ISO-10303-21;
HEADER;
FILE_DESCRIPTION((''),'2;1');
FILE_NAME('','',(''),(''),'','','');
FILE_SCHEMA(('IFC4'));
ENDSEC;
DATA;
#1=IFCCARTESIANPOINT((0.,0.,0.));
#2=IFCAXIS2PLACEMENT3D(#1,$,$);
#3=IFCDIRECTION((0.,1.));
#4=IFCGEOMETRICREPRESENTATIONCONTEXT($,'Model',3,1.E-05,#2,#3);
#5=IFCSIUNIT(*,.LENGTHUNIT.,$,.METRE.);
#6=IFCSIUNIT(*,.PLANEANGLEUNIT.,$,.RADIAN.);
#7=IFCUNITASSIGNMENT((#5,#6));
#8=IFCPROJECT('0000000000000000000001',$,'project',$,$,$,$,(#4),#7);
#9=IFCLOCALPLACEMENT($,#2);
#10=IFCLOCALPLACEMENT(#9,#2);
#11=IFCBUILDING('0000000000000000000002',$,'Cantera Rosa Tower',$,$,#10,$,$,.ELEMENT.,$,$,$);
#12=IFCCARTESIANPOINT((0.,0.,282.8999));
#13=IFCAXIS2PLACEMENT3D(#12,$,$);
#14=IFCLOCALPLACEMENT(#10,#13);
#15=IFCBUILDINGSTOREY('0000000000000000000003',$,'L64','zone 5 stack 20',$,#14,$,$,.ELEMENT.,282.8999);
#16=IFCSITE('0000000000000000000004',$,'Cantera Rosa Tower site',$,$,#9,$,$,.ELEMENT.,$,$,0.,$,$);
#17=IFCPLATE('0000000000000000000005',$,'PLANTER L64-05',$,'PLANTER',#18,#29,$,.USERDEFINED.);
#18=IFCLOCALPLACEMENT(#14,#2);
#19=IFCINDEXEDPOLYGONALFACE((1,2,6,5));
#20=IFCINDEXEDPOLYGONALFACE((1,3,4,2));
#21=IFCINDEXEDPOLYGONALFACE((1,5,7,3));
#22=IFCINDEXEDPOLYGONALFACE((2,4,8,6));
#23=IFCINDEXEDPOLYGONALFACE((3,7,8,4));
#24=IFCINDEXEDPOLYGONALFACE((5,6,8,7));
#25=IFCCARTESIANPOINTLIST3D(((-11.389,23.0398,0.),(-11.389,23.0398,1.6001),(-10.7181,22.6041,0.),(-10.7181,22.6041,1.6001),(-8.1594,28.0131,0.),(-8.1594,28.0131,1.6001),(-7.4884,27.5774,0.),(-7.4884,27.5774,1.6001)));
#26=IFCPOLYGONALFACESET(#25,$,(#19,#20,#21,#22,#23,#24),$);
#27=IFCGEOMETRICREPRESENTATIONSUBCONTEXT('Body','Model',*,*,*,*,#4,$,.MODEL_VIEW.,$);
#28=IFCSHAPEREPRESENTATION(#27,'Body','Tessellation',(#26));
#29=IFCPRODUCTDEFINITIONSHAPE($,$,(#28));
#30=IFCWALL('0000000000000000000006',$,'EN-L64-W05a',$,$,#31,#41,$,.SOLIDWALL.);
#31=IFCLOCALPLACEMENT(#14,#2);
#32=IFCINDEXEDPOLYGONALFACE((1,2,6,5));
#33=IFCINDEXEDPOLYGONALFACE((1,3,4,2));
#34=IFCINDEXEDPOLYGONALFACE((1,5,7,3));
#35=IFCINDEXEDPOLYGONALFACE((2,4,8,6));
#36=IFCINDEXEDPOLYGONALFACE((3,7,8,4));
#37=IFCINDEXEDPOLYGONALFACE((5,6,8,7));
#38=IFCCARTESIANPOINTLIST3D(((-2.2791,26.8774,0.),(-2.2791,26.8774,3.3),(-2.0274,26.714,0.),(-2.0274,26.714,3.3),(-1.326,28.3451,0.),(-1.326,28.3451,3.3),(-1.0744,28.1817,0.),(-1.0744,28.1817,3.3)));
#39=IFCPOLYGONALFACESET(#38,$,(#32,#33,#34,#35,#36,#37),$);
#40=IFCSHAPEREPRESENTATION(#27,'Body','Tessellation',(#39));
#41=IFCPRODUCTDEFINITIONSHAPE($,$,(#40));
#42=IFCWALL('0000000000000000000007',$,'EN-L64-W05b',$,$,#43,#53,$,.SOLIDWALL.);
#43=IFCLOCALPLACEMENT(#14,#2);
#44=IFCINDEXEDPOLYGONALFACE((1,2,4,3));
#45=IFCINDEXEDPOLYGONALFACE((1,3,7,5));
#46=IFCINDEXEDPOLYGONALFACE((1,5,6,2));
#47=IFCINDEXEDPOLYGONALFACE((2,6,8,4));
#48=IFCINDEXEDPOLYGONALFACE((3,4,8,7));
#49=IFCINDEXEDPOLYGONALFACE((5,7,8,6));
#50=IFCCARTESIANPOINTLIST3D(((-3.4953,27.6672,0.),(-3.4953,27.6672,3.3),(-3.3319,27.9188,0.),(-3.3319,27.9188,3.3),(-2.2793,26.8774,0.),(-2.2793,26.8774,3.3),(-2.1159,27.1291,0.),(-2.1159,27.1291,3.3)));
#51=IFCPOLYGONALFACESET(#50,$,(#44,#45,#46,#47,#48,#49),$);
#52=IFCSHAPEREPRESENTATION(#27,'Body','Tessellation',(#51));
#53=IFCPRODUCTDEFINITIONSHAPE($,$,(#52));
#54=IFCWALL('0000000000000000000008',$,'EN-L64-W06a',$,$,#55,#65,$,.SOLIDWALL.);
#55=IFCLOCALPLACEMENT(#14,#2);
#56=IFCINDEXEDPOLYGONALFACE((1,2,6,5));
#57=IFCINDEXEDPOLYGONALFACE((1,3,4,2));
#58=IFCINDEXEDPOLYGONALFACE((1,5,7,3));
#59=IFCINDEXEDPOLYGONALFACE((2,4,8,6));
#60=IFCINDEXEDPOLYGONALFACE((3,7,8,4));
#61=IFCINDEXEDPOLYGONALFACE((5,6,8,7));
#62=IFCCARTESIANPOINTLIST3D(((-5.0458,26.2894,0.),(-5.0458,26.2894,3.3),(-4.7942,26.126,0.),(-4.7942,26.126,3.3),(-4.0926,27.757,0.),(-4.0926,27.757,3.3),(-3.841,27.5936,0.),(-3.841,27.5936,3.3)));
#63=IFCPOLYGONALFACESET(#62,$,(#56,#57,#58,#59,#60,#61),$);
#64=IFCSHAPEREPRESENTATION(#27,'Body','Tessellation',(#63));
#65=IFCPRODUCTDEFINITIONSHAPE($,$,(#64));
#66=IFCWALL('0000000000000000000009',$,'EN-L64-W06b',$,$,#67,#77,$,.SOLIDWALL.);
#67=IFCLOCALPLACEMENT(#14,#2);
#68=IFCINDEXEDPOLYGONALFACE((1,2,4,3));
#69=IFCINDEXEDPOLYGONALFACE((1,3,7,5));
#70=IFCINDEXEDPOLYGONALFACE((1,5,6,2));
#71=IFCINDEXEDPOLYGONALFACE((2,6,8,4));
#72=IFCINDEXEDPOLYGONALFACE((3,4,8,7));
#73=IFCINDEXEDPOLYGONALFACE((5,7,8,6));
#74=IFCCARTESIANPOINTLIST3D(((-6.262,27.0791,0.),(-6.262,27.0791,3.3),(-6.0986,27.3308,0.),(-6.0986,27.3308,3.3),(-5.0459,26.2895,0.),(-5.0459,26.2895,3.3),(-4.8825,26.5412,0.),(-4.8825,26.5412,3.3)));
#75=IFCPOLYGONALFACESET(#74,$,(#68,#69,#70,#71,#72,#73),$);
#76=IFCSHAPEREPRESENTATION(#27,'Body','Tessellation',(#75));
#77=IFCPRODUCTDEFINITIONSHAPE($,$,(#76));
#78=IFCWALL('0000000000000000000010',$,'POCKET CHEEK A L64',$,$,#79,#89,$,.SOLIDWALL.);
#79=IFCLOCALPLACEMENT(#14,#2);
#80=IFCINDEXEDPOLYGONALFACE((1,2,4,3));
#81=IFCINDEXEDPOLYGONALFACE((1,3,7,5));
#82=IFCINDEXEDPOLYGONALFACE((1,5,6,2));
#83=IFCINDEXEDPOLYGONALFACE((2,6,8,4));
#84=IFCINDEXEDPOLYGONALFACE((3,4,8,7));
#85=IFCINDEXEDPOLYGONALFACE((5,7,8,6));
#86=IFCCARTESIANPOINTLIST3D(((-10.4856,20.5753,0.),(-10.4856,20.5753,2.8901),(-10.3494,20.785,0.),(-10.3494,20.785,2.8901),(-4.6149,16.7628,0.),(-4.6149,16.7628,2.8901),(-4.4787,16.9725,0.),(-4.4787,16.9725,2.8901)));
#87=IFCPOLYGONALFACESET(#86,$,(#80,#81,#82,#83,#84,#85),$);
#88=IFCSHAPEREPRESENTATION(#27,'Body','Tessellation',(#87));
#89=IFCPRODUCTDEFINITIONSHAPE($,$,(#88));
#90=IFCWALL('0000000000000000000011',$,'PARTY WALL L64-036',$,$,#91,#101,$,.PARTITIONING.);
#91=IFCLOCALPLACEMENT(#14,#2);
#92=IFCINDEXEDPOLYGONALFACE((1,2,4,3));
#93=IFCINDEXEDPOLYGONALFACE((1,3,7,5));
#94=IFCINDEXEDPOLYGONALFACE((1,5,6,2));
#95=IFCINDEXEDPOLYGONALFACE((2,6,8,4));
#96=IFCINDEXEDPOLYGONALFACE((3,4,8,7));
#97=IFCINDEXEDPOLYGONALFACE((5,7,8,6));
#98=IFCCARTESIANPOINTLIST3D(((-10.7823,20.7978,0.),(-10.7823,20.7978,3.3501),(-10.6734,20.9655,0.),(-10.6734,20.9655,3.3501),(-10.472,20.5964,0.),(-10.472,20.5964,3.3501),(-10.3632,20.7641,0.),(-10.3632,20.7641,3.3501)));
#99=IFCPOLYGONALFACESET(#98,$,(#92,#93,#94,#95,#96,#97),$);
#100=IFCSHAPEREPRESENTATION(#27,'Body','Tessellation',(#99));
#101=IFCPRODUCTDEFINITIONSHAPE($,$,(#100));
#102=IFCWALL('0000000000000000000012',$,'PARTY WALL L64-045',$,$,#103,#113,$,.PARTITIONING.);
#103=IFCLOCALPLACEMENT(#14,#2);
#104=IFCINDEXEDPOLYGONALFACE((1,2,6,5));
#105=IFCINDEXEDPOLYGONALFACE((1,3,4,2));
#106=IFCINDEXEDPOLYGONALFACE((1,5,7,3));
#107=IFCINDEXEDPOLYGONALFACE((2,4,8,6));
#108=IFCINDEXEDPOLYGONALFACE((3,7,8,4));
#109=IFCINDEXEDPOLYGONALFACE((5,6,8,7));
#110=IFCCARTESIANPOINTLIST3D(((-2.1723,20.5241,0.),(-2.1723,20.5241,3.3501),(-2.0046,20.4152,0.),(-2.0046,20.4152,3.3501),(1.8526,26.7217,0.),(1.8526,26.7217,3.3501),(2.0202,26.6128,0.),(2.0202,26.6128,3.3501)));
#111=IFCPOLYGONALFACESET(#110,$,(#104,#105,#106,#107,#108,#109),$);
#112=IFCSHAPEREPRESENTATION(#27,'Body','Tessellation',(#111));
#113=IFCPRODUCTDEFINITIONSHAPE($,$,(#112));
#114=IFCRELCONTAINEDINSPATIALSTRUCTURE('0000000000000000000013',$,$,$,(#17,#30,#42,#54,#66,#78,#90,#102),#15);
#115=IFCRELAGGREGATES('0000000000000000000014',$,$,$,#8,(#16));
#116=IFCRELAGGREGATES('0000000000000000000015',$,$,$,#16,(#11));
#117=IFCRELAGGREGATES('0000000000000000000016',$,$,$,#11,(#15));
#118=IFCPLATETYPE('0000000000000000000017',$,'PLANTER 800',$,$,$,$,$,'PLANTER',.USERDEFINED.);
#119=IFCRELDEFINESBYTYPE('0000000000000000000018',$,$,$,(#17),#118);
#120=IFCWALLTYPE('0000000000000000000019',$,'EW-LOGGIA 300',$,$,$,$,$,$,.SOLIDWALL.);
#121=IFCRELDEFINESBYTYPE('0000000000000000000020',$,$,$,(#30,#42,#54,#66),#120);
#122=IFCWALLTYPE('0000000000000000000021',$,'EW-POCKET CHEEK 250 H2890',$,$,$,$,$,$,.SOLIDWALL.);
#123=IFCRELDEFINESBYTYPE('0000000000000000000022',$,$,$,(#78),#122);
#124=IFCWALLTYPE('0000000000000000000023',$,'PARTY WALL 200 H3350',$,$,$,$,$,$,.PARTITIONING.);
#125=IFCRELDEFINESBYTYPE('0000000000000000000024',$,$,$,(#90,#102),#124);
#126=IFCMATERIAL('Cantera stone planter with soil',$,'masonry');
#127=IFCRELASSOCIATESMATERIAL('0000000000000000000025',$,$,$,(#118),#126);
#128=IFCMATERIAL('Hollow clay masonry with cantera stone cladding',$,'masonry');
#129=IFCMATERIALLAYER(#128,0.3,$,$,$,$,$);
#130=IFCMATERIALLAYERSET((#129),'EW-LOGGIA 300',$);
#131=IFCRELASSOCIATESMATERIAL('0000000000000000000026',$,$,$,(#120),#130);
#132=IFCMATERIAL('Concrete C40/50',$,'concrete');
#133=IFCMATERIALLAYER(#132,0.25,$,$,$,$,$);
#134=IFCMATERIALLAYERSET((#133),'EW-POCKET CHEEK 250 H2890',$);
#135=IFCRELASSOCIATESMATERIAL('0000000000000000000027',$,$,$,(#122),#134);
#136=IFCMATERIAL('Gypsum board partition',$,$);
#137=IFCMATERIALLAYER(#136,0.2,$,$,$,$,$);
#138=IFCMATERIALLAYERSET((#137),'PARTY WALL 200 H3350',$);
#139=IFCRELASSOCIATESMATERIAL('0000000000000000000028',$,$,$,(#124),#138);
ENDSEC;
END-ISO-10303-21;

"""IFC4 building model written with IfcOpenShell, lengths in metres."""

from ifc_helpers import new_model, si_unit, direction, frame, frame_2d, origin, origin_2d, place, context, subcontext, project, spatial, rectangle, extrude, material, layer, layer_set, type_object, element, save


model = new_model("IFC4")

# Units and contexts
model_context = context("Model", 3, precision=1e-05, world=origin(), true_north=direction((0.0, 1.0)))
body_context = subcontext(model_context, "Body", "Model", "MODEL_VIEW")
ifc_project = project(units=[si_unit("LENGTHUNIT", "METRE"), si_unit("PLANEANGLEUNIT", "RADIAN")], contexts=[model_context])

# Site, building, storey
site_placement = place(None, origin())
site = spatial("IfcSite", under=ifc_project, at=site_placement, Name="Cantera Rosa Tower site", CompositionType="ELEMENT", RefElevation=0.0)
building_placement = place(site_placement, origin())
building = spatial("IfcBuilding", under=site, at=building_placement, Name="Cantera Rosa Tower", CompositionType="ELEMENT")
storey_placement = place(building_placement, frame((0.0, 0.0, 282.8999)))
storey = spatial("IfcBuildingStorey", under=building, at=storey_placement, Name="L64", Description="zone 5 stack 20", CompositionType="ELEMENT", Elevation=282.8999)

# Plate
ifc_material_1 = material(Name="Cantera stone planter with soil", Category="masonry")
plate_type = type_object("IfcPlateType", Name="PLANTER 800", ElementType="PLANTER", PredefinedType="USERDEFINED", material=ifc_material_1)
plate_placement = place(storey_placement, frame((-9.4387, 25.3086, 0.0), z_axis=(0.0, 0.0, 1.0), x_axis=(-0.544639, -0.838671, 0.0)))
element("IfcPlate", 1, at=plate_placement, inside=storey, type_object=plate_type, Name="PLANTER L64-05", ObjectType="PLANTER", PredefinedType="USERDEFINED", context=body_context, shape_type="SweptSolid", body=[
    extrude(rectangle(XDim=5.9299, YDim=0.8, at=origin_2d()), origin(), (0.0, 0.0, 1.0), 1.6001),
])

# Walls
ifc_material_2 = material(Name="Hollow clay masonry with cantera stone cladding", Category="masonry")
ifc_layer_1 = layer(ifc_material_2, 0.3)
ifc_layer_set_1 = layer_set([ifc_layer_1], Name="EW-LOGGIA 300")
wall_type_1 = type_object("IfcWallType", Name="EW-LOGGIA 300", PredefinedType="SOLIDWALL", material=ifc_layer_set_1)
wall_1_placement = place(storey_placement, frame((-1.2002, 28.2634, 0.0), z_axis=(0.0, 0.0, 1.0), x_axis=(-0.544616, -0.838686, 0.0)))
element("IfcWall", 2, at=wall_1_placement, inside=storey, type_object=wall_type_1, Name="EN-L64-W05a", PredefinedType="SOLIDWALL", context=body_context, shape_type="SweptSolid", body=[
    extrude(rectangle(XDim=1.75, YDim=0.3, at=frame_2d((0.875, 0.0))), origin(), (0.0, 0.0, 1.0), 3.3),
])
wall_2_placement = place(storey_placement, frame((-2.1975, 27.0032, 0.0), z_axis=(0.0, 0.0, 1.0), x_axis=(-0.838647, 0.544675, 0.0)))
element("IfcWall", 3, at=wall_2_placement, inside=storey, type_object=wall_type_1, Name="EN-L64-W05b", PredefinedType="SOLIDWALL", context=body_context, shape_type="SweptSolid", body=[
    extrude(rectangle(XDim=1.45, YDim=0.3, at=frame_2d((0.7251, 0.0))), origin(), (0.0, 0.0, 1.0), 3.3),
])
wall_3_placement = place(storey_placement, frame((-3.9668, 27.6753, 0.0), z_axis=(0.0, 0.0, 1.0), x_axis=(-0.544679, -0.838644, 0.0)))
element("IfcWall", 4, at=wall_3_placement, inside=storey, type_object=wall_type_1, Name="EN-L64-W06a", PredefinedType="SOLIDWALL", context=body_context, shape_type="SweptSolid", body=[
    extrude(rectangle(XDim=1.75, YDim=0.3, at=frame_2d((0.875, 0.0))), origin(), (0.0, 0.0, 1.0), 3.3),
])
wall_4_placement = place(storey_placement, frame((-4.9641, 26.4153, 0.0), z_axis=(0.0, 0.0, 1.0), x_axis=(-0.838724, 0.544556, 0.0)))
element("IfcWall", 5, at=wall_4_placement, inside=storey, type_object=wall_type_1, Name="EN-L64-W06b", PredefinedType="SOLIDWALL", context=body_context, shape_type="SweptSolid", body=[
    extrude(rectangle(XDim=1.45, YDim=0.3, at=frame_2d((0.7251, 0.0))), origin(), (0.0, 0.0, 1.0), 3.3),
])

# Walls
ifc_material_3 = material(Name="Concrete C40/50", Category="concrete")
ifc_layer_2 = layer(ifc_material_3, 0.25)
ifc_layer_set_2 = layer_set([ifc_layer_2], Name="EW-POCKET CHEEK 250 H2890")
wall_type_2 = type_object("IfcWallType", Name="EW-POCKET CHEEK 250 H2890", PredefinedType="SOLIDWALL", material=ifc_layer_set_2)
wall_5_placement = place(storey_placement, frame((-10.4175, 20.6802, 0.0), z_axis=(0.0, 0.0, 1.0), x_axis=(0.838665, -0.544647, 0.0)))
element("IfcWall", 6, at=wall_5_placement, inside=storey, type_object=wall_type_2, Name="POCKET CHEEK A L64", PredefinedType="SOLIDWALL", context=body_context, shape_type="SweptSolid", body=[
    extrude(rectangle(XDim=7.0, YDim=0.25, at=frame_2d((3.5, 0.0))), origin(), (0.0, 0.0, 1.0), 2.8901),
])
ifc_material_4 = material(Name="Gypsum board partition")
ifc_layer_3 = layer(ifc_material_4, 0.2)
ifc_layer_set_3 = layer_set([ifc_layer_3], Name="PARTY WALL 200 H3350")
wall_type_3 = type_object("IfcWallType", Name="PARTY WALL 200 H3350", PredefinedType="PARTITIONING", material=ifc_layer_set_3)
wall_6_placement = place(storey_placement, frame((-10.4175, 20.6802, 0.0), z_axis=(0.0, 0.0, 1.0), x_axis=(-0.83879, 0.544455, 0.0)))
element("IfcWall", 7, at=wall_6_placement, inside=storey, type_object=wall_type_3, Name="PARTY WALL L64-036", PredefinedType="PARTITIONING", context=body_context, shape_type="SweptSolid", body=[
    extrude(rectangle(XDim=0.3699, YDim=0.2, at=frame_2d((0.1851, 0.0))), origin(), (0.0, 0.0, 1.0), 3.3501),
])
wall_7_placement = place(storey_placement, frame((-2.0884, 20.4697, 0.0), z_axis=(0.0, 0.0, 1.0), x_axis=(0.544642, 0.838668, 0.0)))
element("IfcWall", 8, at=wall_7_placement, inside=storey, type_object=wall_type_3, Name="PARTY WALL L64-045", PredefinedType="PARTITIONING", context=body_context, shape_type="SweptSolid", body=[
    extrude(rectangle(XDim=7.3899, YDim=0.2, at=frame_2d((3.6948, 0.0))), origin(), (0.0, 0.0, 1.0), 3.3501),
])

save(model, "model.ifc")
